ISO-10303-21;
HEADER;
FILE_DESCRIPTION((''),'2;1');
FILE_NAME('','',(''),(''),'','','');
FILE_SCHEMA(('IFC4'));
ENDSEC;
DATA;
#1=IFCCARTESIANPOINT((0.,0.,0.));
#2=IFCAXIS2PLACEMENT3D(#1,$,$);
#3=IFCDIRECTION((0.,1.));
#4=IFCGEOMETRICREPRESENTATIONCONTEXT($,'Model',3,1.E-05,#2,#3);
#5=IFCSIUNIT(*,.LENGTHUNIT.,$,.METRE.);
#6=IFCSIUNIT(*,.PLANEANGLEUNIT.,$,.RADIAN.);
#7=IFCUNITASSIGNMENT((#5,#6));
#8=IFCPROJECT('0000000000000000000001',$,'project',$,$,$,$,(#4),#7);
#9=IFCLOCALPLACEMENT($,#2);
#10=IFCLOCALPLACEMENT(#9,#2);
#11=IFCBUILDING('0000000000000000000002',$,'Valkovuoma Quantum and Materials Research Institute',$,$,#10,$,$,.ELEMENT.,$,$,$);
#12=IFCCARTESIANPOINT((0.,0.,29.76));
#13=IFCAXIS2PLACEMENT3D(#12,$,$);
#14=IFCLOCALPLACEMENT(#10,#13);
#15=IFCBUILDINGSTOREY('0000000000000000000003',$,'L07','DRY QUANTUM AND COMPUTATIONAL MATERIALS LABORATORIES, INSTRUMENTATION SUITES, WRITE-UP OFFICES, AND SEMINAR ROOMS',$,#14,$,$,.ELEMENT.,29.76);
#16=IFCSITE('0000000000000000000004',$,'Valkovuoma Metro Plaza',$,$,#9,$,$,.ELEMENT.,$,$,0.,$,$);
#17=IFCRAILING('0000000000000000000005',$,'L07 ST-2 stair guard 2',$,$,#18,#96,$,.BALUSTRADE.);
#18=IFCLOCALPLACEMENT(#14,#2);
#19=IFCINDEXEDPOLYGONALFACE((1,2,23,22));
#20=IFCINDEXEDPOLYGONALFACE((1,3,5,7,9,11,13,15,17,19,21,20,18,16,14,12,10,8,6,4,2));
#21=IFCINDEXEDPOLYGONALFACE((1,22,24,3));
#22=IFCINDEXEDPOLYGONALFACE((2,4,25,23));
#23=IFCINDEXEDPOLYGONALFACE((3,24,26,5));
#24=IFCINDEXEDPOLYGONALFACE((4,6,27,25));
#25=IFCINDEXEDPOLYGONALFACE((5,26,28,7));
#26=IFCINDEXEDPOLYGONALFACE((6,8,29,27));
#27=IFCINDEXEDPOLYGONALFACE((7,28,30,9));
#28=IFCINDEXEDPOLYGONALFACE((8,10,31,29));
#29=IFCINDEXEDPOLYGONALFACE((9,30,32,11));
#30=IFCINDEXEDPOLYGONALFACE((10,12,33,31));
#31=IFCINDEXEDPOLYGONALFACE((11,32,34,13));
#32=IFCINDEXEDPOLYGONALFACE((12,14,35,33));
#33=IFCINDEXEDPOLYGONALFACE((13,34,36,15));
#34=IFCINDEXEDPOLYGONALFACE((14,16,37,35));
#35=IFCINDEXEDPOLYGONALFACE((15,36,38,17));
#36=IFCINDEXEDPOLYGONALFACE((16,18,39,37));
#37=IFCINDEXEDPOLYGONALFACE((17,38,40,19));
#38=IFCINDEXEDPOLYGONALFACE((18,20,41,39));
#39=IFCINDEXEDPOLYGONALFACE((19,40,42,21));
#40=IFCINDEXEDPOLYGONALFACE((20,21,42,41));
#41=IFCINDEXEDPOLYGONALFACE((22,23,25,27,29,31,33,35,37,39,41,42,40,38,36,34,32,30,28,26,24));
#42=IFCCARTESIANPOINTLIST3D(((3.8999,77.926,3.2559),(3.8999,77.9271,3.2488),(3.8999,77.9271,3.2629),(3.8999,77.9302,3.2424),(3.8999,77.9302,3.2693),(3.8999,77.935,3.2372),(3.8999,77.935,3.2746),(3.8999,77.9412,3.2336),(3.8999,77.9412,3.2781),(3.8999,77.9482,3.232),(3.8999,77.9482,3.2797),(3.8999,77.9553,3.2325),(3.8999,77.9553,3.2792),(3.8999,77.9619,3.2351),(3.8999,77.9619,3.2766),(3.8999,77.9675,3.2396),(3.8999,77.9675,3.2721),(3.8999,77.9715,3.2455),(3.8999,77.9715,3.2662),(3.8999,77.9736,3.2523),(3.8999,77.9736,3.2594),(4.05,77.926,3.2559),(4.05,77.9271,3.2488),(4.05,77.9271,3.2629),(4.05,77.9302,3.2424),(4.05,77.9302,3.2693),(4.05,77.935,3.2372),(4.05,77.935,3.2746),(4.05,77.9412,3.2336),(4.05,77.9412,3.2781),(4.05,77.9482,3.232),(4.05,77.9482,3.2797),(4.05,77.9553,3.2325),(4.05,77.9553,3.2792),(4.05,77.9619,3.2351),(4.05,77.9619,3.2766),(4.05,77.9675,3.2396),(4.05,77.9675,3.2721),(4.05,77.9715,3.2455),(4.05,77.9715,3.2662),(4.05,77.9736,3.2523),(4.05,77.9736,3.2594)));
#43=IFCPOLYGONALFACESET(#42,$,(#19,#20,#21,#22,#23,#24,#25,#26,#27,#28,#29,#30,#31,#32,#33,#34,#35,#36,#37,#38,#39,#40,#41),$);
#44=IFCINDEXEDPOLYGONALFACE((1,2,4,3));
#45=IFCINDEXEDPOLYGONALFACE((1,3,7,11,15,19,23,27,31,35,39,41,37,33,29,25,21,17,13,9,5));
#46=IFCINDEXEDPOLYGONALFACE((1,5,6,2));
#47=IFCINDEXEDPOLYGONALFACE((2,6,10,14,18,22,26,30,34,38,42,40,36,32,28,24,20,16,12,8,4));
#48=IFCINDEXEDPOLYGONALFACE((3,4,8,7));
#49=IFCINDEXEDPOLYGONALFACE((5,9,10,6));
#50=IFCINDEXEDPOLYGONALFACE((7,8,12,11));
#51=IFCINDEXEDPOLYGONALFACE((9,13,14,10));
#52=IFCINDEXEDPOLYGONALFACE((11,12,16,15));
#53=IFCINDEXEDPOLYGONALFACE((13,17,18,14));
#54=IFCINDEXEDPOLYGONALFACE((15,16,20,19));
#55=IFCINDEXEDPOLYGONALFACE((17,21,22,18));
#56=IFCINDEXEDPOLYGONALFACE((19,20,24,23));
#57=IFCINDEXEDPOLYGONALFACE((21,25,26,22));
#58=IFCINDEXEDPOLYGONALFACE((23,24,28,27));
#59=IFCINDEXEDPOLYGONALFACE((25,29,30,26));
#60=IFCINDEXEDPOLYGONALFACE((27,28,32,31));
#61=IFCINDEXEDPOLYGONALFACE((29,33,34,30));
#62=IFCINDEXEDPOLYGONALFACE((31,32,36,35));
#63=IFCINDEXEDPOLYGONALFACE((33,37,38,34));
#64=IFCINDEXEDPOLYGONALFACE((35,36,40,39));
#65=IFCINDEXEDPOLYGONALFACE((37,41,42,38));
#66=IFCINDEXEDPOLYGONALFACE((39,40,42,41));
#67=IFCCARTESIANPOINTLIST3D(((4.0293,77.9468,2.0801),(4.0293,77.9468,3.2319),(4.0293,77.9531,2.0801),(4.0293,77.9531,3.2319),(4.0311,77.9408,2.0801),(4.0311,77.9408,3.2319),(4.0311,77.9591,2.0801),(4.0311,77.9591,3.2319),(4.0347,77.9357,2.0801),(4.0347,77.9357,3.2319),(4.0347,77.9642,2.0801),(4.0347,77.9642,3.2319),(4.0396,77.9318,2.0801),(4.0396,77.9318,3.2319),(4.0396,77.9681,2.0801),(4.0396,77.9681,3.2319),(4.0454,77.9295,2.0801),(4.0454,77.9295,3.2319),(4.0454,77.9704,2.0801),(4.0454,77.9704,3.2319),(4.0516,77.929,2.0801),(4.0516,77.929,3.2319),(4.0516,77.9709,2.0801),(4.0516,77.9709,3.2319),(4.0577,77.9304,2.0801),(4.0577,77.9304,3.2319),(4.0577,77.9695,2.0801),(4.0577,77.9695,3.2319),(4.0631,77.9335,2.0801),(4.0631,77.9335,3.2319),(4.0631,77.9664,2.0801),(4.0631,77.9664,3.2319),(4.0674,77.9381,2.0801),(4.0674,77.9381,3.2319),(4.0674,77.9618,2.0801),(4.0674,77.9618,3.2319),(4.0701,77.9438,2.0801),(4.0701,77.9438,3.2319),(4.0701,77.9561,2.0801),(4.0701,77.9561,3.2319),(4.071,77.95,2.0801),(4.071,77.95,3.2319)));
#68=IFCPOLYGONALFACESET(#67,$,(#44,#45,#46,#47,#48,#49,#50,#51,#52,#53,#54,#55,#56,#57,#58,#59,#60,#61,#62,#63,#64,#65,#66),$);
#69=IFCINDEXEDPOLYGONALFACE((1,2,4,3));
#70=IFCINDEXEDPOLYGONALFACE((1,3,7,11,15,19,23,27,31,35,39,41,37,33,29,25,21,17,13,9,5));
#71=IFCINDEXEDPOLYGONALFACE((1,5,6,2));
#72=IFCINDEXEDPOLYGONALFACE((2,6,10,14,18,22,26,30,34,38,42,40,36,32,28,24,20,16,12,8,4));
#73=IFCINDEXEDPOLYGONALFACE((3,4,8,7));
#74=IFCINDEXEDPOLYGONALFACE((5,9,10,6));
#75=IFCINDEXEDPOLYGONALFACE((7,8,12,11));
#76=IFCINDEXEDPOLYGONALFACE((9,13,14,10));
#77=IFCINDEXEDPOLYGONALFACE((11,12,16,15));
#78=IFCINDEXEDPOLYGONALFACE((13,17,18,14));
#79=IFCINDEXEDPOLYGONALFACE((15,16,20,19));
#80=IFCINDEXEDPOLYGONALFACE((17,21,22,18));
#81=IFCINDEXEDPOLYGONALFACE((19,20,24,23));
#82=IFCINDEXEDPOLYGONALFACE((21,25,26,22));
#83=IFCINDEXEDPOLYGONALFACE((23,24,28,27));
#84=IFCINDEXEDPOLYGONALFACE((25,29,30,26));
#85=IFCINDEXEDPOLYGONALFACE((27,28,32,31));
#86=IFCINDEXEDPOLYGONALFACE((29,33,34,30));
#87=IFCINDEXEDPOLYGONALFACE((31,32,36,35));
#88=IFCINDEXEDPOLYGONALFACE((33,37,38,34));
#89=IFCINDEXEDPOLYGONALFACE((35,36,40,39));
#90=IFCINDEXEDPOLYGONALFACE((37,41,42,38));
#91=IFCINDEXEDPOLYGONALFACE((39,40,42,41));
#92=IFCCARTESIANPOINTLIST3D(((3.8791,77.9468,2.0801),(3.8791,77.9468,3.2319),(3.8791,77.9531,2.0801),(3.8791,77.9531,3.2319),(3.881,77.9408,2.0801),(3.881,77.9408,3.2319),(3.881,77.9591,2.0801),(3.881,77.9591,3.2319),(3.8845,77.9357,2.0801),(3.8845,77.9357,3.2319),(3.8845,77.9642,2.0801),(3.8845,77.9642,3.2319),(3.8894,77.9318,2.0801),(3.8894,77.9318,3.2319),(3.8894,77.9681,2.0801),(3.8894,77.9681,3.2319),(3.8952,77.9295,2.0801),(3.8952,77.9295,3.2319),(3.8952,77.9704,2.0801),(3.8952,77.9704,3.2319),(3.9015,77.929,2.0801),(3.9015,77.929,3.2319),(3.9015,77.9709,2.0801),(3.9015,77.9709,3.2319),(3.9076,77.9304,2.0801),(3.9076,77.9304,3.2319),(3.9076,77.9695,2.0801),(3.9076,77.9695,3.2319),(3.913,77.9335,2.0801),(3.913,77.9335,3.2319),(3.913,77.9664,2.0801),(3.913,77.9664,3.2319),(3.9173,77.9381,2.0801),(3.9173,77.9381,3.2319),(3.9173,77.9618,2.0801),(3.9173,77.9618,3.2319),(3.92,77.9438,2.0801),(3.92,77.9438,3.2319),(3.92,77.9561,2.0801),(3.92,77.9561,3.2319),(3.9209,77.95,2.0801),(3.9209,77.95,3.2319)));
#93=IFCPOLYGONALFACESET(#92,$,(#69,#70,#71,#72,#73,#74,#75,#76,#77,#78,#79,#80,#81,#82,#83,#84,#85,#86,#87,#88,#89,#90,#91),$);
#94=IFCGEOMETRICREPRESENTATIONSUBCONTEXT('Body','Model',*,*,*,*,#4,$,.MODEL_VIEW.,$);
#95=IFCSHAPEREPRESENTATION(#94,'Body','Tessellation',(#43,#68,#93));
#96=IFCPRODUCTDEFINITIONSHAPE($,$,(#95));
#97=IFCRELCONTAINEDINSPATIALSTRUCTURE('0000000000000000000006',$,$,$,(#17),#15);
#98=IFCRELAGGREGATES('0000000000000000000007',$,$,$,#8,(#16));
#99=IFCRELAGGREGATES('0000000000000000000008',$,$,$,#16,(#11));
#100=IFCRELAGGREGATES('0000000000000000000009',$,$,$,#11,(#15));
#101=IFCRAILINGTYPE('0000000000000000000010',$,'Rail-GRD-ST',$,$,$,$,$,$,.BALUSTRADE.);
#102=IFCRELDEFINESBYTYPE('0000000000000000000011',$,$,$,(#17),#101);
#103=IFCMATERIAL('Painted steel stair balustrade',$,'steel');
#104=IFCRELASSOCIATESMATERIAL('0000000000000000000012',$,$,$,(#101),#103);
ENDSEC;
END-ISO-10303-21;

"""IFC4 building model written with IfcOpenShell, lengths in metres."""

from ifc_helpers import new_model, si_unit, direction, frame, origin, origin_2d, place, context, subcontext, project, spatial, circle, extrude, material, type_object, element, save


model = new_model("IFC4")

# Units and contexts
model_context = context("Model", 3, precision=1e-05, world=origin(), true_north=direction((0.0, 1.0)))
body_context = subcontext(model_context, "Body", "Model", "MODEL_VIEW")
ifc_project = project(units=[si_unit("LENGTHUNIT", "METRE"), si_unit("PLANEANGLEUNIT", "RADIAN")], contexts=[model_context])

# Site, building, storey
site_placement = place(None, origin())
site = spatial("IfcSite", under=ifc_project, at=site_placement, Name="Valkovuoma Metro Plaza", CompositionType="ELEMENT", RefElevation=0.0)
building_placement = place(site_placement, origin())
building = spatial("IfcBuilding", under=site, at=building_placement, Name="Valkovuoma Quantum and Materials Research Institute", CompositionType="ELEMENT")
storey_placement = place(building_placement, frame((0.0, 0.0, 29.76)))
storey = spatial("IfcBuildingStorey", under=building, at=storey_placement, Name="L07", Description="DRY QUANTUM AND COMPUTATIONAL MATERIALS LABORATORIES, INSTRUMENTATION SUITES, WRITE-UP OFFICES, AND SEMINAR ROOMS", CompositionType="ELEMENT", Elevation=29.76)

# Railing
ifc_material_1 = material(Name="Painted steel stair balustrade", Category="steel")
railing_type_1 = type_object("IfcRailingType", Name="Rail-GRD-ST", PredefinedType="BALUSTRADE", material=ifc_material_1)
railing_1_placement = place(storey_placement, frame((4.05, 77.95, 2.0801)))
element("IfcRailing", 1, at=railing_1_placement, inside=storey, type_object=railing_type_1, Name="L07 ST-2 stair guard 2", PredefinedType="BALUSTRADE", context=body_context, shape_type="SweptSolid", body=[
    extrude(circle(Radius=0.0239, at=origin_2d()), frame((0.0, 0.0, 1.1758), z_axis=(-1.0, 0.0, 0.0), x_axis=(0.0, -1.0, 0.0)), (0.0, 0.0, 1.0), 0.1501),
    extrude(circle(Radius=0.021, at=origin_2d()), origin(), (0.0, 0.0, 1.0), 1.1519),
    extrude(circle(Radius=0.021, at=origin_2d()), frame((-0.1501, 0.0, 0.0)), (0.0, 0.0, 1.0), 1.1519),
])

save(model, "model.ifc")
